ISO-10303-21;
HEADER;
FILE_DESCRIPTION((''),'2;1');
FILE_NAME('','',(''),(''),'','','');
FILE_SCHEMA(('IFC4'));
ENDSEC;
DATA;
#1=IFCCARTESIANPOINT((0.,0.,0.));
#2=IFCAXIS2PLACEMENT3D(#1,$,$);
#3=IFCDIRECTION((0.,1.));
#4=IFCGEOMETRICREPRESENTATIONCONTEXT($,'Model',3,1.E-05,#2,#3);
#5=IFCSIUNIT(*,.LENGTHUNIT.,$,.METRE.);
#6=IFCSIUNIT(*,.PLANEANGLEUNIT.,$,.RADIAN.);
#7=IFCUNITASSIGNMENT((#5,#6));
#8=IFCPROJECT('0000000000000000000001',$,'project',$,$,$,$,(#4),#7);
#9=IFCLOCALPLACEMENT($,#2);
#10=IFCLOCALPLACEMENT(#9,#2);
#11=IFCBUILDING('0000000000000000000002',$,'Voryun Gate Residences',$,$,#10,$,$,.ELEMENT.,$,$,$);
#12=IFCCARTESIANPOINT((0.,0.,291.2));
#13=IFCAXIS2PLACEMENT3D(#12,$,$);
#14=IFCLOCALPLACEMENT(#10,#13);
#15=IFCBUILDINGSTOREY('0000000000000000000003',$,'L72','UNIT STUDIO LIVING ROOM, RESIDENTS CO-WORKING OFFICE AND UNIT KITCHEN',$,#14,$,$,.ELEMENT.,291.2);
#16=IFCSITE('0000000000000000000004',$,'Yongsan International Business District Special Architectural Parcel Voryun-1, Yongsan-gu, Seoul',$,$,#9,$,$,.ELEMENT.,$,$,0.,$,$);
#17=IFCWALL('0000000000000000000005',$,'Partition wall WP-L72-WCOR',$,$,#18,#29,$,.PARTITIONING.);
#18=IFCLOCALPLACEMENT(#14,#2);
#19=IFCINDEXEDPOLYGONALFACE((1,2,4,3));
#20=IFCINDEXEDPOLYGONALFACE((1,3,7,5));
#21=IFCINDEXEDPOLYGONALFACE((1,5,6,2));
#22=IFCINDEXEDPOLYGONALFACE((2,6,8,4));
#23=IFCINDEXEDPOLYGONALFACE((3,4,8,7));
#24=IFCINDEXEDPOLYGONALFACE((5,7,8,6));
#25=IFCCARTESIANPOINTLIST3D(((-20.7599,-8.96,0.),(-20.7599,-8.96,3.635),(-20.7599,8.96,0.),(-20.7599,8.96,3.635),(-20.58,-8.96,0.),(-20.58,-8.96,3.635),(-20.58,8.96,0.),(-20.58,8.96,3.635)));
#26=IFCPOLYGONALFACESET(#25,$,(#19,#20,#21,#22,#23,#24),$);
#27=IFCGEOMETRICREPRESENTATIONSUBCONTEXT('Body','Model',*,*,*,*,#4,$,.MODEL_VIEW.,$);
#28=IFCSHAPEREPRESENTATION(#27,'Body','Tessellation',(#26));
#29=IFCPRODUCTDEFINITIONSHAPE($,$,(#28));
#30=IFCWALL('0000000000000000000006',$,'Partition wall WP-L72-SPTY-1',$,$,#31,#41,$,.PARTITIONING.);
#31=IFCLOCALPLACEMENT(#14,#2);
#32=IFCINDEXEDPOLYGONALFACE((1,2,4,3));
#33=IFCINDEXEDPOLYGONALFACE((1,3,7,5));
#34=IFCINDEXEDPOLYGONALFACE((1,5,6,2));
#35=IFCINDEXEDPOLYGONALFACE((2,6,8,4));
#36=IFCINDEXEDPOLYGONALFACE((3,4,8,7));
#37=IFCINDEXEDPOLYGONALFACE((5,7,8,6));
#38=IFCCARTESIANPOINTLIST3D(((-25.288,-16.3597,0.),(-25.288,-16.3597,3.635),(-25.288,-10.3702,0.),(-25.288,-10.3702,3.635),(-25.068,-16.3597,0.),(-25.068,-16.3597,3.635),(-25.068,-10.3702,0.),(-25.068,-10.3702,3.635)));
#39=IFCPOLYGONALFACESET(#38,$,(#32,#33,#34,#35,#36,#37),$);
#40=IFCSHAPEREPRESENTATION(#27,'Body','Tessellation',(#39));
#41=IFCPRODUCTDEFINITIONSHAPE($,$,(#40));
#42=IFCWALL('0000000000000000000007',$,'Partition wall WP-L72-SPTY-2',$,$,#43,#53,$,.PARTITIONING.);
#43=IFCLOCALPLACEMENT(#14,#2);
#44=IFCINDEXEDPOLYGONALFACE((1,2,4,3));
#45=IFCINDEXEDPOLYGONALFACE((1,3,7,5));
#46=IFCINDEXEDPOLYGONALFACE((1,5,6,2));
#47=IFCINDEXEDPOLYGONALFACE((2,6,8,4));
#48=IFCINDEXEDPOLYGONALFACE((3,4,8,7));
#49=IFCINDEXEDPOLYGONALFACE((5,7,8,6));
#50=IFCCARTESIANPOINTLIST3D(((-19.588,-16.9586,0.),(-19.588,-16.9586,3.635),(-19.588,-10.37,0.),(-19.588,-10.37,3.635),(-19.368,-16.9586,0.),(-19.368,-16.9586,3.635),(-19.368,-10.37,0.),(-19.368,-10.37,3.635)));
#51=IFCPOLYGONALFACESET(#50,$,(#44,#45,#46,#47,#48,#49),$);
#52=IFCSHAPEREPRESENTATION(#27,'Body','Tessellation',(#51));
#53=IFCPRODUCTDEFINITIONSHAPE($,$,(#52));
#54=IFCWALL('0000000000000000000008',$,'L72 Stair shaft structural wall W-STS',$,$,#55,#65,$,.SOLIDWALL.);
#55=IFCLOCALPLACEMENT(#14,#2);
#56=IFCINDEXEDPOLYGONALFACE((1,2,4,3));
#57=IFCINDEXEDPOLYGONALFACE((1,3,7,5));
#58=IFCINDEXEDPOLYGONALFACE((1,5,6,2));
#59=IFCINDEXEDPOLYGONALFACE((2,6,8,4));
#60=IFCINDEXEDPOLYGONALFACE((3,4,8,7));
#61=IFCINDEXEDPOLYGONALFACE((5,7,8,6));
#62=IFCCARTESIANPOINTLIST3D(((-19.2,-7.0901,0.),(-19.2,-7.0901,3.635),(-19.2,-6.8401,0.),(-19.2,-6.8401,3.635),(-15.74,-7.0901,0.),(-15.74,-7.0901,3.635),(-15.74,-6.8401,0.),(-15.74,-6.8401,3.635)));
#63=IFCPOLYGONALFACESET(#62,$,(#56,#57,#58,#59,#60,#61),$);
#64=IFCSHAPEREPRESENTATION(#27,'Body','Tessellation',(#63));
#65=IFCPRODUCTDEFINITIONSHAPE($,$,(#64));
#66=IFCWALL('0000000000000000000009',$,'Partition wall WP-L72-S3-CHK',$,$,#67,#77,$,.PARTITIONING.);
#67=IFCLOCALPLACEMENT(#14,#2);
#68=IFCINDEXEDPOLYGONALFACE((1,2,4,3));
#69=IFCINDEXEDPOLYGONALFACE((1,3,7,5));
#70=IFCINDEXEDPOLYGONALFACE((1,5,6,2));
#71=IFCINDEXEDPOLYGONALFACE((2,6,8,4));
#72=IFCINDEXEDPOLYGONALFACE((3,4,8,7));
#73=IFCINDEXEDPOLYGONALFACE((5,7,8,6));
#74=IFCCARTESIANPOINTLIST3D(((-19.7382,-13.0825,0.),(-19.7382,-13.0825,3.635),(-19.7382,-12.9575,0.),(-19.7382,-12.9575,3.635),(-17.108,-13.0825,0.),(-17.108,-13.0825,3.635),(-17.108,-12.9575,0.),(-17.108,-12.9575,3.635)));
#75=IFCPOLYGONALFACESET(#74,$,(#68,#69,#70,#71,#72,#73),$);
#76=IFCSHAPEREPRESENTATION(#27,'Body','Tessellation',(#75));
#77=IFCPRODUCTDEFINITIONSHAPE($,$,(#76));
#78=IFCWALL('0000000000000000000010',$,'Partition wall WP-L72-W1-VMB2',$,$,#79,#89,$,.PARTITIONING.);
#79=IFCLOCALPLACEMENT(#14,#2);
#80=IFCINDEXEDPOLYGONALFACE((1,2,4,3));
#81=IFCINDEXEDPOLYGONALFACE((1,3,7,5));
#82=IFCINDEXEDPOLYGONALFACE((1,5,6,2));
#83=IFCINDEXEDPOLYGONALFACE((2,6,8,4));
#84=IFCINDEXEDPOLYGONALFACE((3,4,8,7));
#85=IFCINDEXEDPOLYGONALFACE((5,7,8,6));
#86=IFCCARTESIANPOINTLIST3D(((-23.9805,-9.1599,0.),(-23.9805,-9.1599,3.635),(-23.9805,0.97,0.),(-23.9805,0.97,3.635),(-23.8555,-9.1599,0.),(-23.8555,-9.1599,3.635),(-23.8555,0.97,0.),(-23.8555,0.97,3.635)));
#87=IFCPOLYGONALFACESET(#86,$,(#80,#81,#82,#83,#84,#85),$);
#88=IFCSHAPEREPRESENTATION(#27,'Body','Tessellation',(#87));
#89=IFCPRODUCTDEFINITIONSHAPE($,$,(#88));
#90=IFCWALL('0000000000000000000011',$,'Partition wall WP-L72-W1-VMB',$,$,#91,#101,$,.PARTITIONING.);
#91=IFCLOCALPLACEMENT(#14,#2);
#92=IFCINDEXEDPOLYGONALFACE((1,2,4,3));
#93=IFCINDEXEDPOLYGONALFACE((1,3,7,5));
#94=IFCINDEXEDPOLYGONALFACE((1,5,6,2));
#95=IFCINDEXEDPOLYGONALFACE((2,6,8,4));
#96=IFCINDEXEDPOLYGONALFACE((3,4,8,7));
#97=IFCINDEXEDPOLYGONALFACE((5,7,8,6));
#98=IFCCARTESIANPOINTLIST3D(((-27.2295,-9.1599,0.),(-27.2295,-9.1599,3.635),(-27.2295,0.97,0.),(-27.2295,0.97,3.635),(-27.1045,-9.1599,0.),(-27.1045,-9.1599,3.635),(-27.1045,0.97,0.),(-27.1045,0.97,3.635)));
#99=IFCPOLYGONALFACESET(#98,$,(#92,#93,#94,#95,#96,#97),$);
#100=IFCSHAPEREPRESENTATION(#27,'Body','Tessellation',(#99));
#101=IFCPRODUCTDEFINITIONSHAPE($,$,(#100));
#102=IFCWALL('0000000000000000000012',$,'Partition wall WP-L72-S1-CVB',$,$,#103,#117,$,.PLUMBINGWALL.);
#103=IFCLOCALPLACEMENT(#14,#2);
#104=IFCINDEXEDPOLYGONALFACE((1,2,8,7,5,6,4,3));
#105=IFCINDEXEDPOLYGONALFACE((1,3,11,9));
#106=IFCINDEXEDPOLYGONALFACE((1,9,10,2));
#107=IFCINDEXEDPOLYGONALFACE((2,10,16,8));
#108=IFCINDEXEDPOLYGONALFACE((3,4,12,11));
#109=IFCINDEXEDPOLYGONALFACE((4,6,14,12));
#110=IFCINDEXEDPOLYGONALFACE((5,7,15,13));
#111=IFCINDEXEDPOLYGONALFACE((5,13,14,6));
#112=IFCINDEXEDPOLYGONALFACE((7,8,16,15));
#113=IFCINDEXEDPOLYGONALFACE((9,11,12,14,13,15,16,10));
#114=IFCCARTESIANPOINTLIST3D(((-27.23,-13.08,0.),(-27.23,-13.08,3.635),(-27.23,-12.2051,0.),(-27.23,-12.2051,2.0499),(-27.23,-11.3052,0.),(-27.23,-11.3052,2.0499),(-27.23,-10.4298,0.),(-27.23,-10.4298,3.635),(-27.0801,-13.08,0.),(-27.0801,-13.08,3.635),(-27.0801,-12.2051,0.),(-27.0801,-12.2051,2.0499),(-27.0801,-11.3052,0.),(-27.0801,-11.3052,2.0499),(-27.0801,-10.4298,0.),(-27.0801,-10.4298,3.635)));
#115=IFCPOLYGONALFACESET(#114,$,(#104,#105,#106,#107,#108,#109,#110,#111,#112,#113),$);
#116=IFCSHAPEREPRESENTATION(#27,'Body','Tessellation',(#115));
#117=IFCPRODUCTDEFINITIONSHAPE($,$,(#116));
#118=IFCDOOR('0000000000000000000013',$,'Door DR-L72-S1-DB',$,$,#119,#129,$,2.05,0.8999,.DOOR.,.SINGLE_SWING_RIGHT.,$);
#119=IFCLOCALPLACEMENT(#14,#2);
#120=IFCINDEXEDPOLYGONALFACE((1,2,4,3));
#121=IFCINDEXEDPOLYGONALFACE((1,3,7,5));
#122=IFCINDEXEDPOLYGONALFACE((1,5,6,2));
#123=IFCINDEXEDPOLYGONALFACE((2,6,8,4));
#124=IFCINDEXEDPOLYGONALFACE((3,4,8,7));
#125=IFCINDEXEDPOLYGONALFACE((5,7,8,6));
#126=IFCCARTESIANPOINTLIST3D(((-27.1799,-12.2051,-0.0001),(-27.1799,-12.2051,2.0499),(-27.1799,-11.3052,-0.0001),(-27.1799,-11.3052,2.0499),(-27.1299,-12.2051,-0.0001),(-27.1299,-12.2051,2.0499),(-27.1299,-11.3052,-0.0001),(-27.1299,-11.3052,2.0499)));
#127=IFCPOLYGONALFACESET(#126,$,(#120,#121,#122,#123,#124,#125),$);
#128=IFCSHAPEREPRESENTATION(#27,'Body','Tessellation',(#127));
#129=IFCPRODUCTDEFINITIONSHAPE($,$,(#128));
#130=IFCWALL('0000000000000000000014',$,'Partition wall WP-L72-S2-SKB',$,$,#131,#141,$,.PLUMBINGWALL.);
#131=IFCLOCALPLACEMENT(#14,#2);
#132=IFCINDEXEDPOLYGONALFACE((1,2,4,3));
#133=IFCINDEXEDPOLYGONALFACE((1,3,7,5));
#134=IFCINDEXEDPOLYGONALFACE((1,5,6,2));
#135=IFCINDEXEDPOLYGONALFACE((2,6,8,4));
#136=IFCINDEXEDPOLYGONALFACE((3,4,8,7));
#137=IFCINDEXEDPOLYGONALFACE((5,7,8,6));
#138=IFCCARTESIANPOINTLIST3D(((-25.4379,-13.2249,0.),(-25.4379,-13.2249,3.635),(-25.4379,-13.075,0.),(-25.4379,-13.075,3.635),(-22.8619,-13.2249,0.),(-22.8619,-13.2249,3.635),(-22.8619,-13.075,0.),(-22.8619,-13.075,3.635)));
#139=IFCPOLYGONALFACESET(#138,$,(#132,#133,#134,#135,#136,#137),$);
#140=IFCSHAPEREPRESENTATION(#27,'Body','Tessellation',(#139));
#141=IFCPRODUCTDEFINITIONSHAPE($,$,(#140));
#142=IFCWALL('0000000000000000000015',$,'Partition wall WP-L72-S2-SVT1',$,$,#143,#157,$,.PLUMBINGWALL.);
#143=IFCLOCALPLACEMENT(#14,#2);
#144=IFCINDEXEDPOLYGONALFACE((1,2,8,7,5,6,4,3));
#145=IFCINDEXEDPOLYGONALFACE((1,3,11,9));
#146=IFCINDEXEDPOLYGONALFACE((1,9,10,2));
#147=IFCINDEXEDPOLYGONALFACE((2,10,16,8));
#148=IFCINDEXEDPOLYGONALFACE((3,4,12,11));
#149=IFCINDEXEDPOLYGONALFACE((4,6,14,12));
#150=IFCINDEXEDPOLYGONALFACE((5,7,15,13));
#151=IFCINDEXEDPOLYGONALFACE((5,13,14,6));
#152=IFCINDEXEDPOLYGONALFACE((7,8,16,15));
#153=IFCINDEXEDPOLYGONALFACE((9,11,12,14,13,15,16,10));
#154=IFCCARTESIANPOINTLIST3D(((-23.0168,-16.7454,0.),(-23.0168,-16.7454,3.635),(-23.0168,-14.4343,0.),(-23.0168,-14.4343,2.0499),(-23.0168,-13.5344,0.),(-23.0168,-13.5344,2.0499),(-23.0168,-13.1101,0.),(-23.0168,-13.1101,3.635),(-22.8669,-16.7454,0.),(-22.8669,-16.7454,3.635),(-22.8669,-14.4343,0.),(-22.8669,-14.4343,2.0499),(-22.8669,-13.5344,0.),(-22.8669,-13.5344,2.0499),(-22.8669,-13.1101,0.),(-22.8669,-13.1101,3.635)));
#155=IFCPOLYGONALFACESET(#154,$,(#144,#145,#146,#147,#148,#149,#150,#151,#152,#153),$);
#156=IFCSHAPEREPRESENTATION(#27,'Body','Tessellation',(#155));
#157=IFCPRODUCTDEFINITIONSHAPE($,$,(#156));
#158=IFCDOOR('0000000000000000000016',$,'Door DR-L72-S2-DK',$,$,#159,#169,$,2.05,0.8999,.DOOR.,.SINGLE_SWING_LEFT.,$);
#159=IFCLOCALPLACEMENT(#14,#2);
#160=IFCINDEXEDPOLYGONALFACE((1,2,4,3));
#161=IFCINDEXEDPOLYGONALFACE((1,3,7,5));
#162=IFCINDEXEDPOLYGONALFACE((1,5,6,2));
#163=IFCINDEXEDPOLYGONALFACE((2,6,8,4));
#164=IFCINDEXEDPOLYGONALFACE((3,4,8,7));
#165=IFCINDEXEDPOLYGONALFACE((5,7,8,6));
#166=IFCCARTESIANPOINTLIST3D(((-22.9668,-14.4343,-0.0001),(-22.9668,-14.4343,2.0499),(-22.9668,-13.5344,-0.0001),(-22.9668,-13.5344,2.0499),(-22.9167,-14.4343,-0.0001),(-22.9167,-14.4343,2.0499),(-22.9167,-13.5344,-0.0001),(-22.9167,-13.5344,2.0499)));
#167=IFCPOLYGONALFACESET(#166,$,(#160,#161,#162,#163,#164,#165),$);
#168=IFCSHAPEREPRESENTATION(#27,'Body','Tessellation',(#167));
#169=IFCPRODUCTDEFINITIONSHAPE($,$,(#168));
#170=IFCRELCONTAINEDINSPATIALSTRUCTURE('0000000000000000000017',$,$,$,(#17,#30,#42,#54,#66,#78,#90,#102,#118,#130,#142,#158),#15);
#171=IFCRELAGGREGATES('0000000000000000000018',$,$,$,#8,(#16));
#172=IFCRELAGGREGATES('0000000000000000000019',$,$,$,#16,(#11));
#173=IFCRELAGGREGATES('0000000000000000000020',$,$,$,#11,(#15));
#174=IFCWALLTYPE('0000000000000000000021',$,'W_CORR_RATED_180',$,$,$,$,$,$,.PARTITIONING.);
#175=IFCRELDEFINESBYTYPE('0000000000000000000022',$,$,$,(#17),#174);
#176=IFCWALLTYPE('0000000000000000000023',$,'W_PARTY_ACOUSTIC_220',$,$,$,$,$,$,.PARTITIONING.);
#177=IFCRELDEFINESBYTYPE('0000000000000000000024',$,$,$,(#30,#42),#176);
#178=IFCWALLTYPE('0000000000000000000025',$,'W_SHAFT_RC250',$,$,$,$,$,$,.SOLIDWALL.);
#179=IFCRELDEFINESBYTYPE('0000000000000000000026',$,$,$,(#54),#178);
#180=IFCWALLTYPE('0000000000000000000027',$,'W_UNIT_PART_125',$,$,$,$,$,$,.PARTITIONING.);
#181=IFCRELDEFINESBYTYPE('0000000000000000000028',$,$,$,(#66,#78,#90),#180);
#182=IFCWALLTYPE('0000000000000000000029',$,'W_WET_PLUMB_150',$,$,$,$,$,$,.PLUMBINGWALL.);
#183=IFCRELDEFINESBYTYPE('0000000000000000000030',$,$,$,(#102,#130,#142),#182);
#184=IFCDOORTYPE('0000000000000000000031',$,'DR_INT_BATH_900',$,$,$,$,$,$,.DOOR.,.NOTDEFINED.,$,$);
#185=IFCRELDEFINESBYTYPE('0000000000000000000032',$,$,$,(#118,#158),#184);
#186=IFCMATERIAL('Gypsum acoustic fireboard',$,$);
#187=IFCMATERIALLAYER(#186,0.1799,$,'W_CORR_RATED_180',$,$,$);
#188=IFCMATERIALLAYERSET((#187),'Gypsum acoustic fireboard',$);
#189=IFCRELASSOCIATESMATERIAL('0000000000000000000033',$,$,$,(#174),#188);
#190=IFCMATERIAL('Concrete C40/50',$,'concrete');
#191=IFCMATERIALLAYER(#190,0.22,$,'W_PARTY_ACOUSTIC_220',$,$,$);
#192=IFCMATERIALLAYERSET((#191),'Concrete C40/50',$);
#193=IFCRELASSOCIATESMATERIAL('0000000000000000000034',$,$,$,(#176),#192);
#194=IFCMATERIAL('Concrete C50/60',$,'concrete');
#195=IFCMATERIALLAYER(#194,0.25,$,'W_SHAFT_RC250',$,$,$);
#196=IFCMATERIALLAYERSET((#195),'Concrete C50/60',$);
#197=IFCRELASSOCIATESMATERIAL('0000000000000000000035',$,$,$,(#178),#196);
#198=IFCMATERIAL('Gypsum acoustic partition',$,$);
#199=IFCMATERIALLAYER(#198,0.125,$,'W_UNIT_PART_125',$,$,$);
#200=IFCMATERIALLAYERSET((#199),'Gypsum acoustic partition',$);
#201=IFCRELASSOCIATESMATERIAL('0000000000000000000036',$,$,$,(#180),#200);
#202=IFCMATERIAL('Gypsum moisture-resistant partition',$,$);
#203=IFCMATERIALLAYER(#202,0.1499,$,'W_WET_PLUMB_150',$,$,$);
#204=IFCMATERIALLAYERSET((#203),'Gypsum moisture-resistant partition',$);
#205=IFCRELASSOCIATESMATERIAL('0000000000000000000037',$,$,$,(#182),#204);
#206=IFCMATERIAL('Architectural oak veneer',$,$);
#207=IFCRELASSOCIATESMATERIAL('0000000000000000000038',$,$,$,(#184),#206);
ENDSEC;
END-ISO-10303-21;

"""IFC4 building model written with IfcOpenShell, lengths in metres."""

from ifc_helpers import new_model, si_unit, direction, frame, frame_2d, origin, place, context, subcontext, project, spatial, rectangle, extrude, material, layer, layer_set, type_object, element, fill, save


model = new_model("IFC4")

# Units and contexts
model_context = context("Model", 3, precision=1e-05, world=origin(), true_north=direction((0.0, 1.0)))
body_context = subcontext(model_context, "Body", "Model", "MODEL_VIEW")
ifc_project = project(units=[si_unit("LENGTHUNIT", "METRE"), si_unit("PLANEANGLEUNIT", "RADIAN")], contexts=[model_context])

# Site, building, storey
site_placement = place(None, origin())
site = spatial("IfcSite", under=ifc_project, at=site_placement, Name="Yongsan International Business District Special Architectural Parcel Voryun-1, Yongsan-gu, Seoul", CompositionType="ELEMENT", RefElevation=0.0)
building_placement = place(site_placement, origin())
building = spatial("IfcBuilding", under=site, at=building_placement, Name="Voryun Gate Residences", CompositionType="ELEMENT")
storey_placement = place(building_placement, frame((0.0, 0.0, 291.2)))
storey = spatial("IfcBuildingStorey", under=building, at=storey_placement, Name="L72", Description="UNIT STUDIO LIVING ROOM, RESIDENTS CO-WORKING OFFICE AND UNIT KITCHEN", CompositionType="ELEMENT", Elevation=291.2)

# Walls
ifc_material_1 = material(Name="Gypsum acoustic fireboard")
ifc_layer_1 = layer(ifc_material_1, 0.1799, Name="W_CORR_RATED_180")
ifc_layer_set_1 = layer_set([ifc_layer_1], Name="Gypsum acoustic fireboard")
wall_type_1 = type_object("IfcWallType", Name="W_CORR_RATED_180", PredefinedType="PARTITIONING", material=ifc_layer_set_1)
wall_1_placement = place(storey_placement, frame((-20.6699, -8.96, 0.0), z_axis=(0.0, 0.0, 1.0), x_axis=(0.0, 1.0, 0.0)))
element("IfcWall", 1, at=wall_1_placement, inside=storey, type_object=wall_type_1, Name="Partition wall WP-L72-WCOR", PredefinedType="PARTITIONING", context=body_context, shape_type="SweptSolid", body=[
    extrude(rectangle(XDim=17.9199, YDim=0.1799, at=frame_2d((8.96, 0.0))), origin(), (0.0, 0.0, 1.0), 3.635),
])
ifc_material_2 = material(Name="Concrete C40/50", Category="concrete")
ifc_layer_2 = layer(ifc_material_2, 0.22, Name="W_PARTY_ACOUSTIC_220")
ifc_layer_set_2 = layer_set([ifc_layer_2], Name="Concrete C40/50")
wall_type_2 = type_object("IfcWallType", Name="W_PARTY_ACOUSTIC_220", PredefinedType="PARTITIONING", material=ifc_layer_set_2)
wall_2_placement = place(storey_placement, frame((-25.178, -16.3596, 0.0), z_axis=(0.0, 0.0, 1.0), x_axis=(0.0, 1.0, 0.0)))
element("IfcWall", 2, at=wall_2_placement, inside=storey, type_object=wall_type_2, Name="Partition wall WP-L72-SPTY-1", PredefinedType="PARTITIONING", context=body_context, shape_type="SweptSolid", body=[
    extrude(rectangle(XDim=5.9895, YDim=0.22, at=frame_2d((2.9946, 0.0))), origin(), (0.0, 0.0, 1.0), 3.635),
])
wall_3_placement = place(storey_placement, frame((-19.478, -16.9587, 0.0), z_axis=(0.0, 0.0, 1.0), x_axis=(0.0, 1.0, 0.0)))
element("IfcWall", 3, at=wall_3_placement, inside=storey, type_object=wall_type_2, Name="Partition wall WP-L72-SPTY-2", PredefinedType="PARTITIONING", context=body_context, shape_type="SweptSolid", body=[
    extrude(rectangle(XDim=6.5886, YDim=0.22, at=frame_2d((3.2944, 0.0))), origin(), (0.0, 0.0, 1.0), 3.635),
])
ifc_material_3 = material(Name="Concrete C50/60", Category="concrete")
ifc_layer_3 = layer(ifc_material_3, 0.25, Name="W_SHAFT_RC250")
ifc_layer_set_3 = layer_set([ifc_layer_3], Name="Concrete C50/60")
wall_type_3 = type_object("IfcWallType", Name="W_SHAFT_RC250", PredefinedType="SOLIDWALL", material=ifc_layer_set_3)
wall_4_placement = place(storey_placement, frame((-19.2, -6.9651, 0.0), z_axis=(0.0, 0.0, 1.0), x_axis=(1.0, 0.0, 0.0)))
element("IfcWall", 4, at=wall_4_placement, inside=storey, type_object=wall_type_3, Name="L72 Stair shaft structural wall W-STS", PredefinedType="SOLIDWALL", context=body_context, shape_type="SweptSolid", body=[
    extrude(rectangle(XDim=3.46, YDim=0.25, at=frame_2d((1.73, 0.0))), origin(), (0.0, 0.0, 1.0), 3.635),
])
ifc_material_4 = material(Name="Gypsum acoustic partition")
ifc_layer_4 = layer(ifc_material_4, 0.125, Name="W_UNIT_PART_125")
ifc_layer_set_4 = layer_set([ifc_layer_4], Name="Gypsum acoustic partition")
wall_type_4 = type_object("IfcWallType", Name="W_UNIT_PART_125", PredefinedType="PARTITIONING", material=ifc_layer_set_4)
wall_5_placement = place(storey_placement, frame((-19.738, -13.02, 0.0), z_axis=(0.0, 0.0, 1.0), x_axis=(1.0, 0.0, 0.0)))
element("IfcWall", 5, at=wall_5_placement, inside=storey, type_object=wall_type_4, Name="Partition wall WP-L72-S3-CHK", PredefinedType="PARTITIONING", context=body_context, shape_type="SweptSolid", body=[
    extrude(rectangle(XDim=2.6301, YDim=0.125, at=frame_2d((1.3149, 0.0))), origin(), (0.0, 0.0, 1.0), 3.635),
])
for number, where, z_axis, x_axis, name in (
    (6, (-23.918, -9.1599, 0.0), (0.0, 0.0, 1.0), (0.0, 1.0, 0.0), "Partition wall WP-L72-W1-VMB2"),
    (7, (-27.167, -9.1599, 0.0), (0.0, 0.0, 1.0), (0.0, 1.0, 0.0), "Partition wall WP-L72-W1-VMB"),
):
    element("IfcWall", number, at=place(storey_placement, frame(where, z_axis=z_axis, x_axis=x_axis)), inside=storey, type_object=wall_type_4, Name=name, PredefinedType="PARTITIONING", context=body_context, shape_type="SweptSolid", body=[
        extrude(rectangle(XDim=10.1299, YDim=0.125, at=frame_2d((5.0649, 0.0))), origin(), (0.0, 0.0, 1.0), 3.635),
    ])

# Wall, opening, door
ifc_material_5 = material(Name="Gypsum moisture-resistant partition")
ifc_layer_5 = layer(ifc_material_5, 0.1499, Name="W_WET_PLUMB_150")
ifc_layer_set_5 = layer_set([ifc_layer_5], Name="Gypsum moisture-resistant partition")
wall_type_5 = type_object("IfcWallType", Name="W_WET_PLUMB_150", PredefinedType="PLUMBINGWALL", material=ifc_layer_set_5)
wall_6_placement = place(storey_placement, frame((-27.155, -13.0801, 0.0), z_axis=(0.0, 0.0, 1.0), x_axis=(0.0, 1.0, 0.0)))
wall_6 = element("IfcWall", 8, at=wall_6_placement, inside=storey, type_object=wall_type_5, Name="Partition wall WP-L72-S1-CVB", PredefinedType="PLUMBINGWALL", context=body_context, shape_type="SweptSolid", body=[
    extrude(rectangle(XDim=2.6501, YDim=0.1499, at=frame_2d((1.3252, 0.0))), origin(), (0.0, 0.0, 1.0), 3.635),
])
opening_1_placement = place(wall_6_placement, frame((0.875, 0.0, 0.0)))
opening_1 = element("IfcOpeningElement", 9, at=opening_1_placement, cuts=wall_6, PredefinedType="OPENING", context=body_context, shape_type="SweptSolid", body=[
    extrude(rectangle(XDim=0.8999, YDim=2.05, at=frame_2d((0.45, 1.0249))), frame((0.0, 0.085, 0.0), z_axis=(0.0, -1.0, 0.0), x_axis=(1.0, 0.0, 0.0)), (0.0, 0.0, 1.0), 0.1699),
])
ifc_material_6 = material(Name="Architectural oak veneer")
door_type = type_object("IfcDoorType", Name="DR_INT_BATH_900", OperationType="NOTDEFINED", PredefinedType="DOOR", material=ifc_material_6)
door_1_placement = place(opening_1_placement, origin())
door_1 = element("IfcDoor", 10, at=door_1_placement, inside=storey, type_object=door_type, Name="Door DR-L72-S1-DB", OperationType="SINGLE_SWING_RIGHT", OverallHeight=2.05, OverallWidth=0.8999, PredefinedType="DOOR", context=body_context, shape_type="SweptSolid", body=[
    extrude(rectangle(XDim=0.8999, YDim=2.05, at=frame_2d((0.45, 1.0249))), frame((0.0, 0.0249, 0.0), z_axis=(0.0, -1.0, 0.0), x_axis=(1.0, 0.0, 0.0)), (0.0, 0.0, 1.0), 0.05),
])
fill(opening_1, door_1)

# Wall
wall_7_placement = place(storey_placement, frame((-25.438, -13.1499, 0.0), z_axis=(0.0, 0.0, 1.0), x_axis=(1.0, 0.0, 0.0)))
element("IfcWall", 11, at=wall_7_placement, inside=storey, type_object=wall_type_5, Name="Partition wall WP-L72-S2-SKB", PredefinedType="PLUMBINGWALL", context=body_context, shape_type="SweptSolid", body=[
    extrude(rectangle(XDim=2.5759, YDim=0.1499, at=frame_2d((1.2881, 0.0))), origin(), (0.0, 0.0, 1.0), 3.635),
])

# Wall, opening, door
wall_8_placement = place(storey_placement, frame((-22.9419, -16.7454, 0.0), z_axis=(0.0, 0.0, 1.0), x_axis=(0.0, 1.0, 0.0)))
wall_8 = element("IfcWall", 12, at=wall_8_placement, inside=storey, type_object=wall_type_5, Name="Partition wall WP-L72-S2-SVT1", PredefinedType="PLUMBINGWALL", context=body_context, shape_type="SweptSolid", body=[
    extrude(rectangle(XDim=3.6353, YDim=0.1499, at=frame_2d((1.8176, 0.0))), origin(), (0.0, 0.0, 1.0), 3.635),
])
opening_2_placement = place(wall_8_placement, frame((2.311, 0.0, 0.0)))
opening_2 = element("IfcOpeningElement", 13, at=opening_2_placement, cuts=wall_8, PredefinedType="OPENING", context=body_context, shape_type="SweptSolid", body=[
    extrude(rectangle(XDim=0.8999, YDim=2.05, at=frame_2d((0.45, 1.0249))), frame((0.0, 0.085, 0.0), z_axis=(0.0, -1.0, 0.0), x_axis=(1.0, 0.0, 0.0)), (0.0, 0.0, 1.0), 0.1699),
])
door_2_placement = place(opening_2_placement, origin())
door_2 = element("IfcDoor", 14, at=door_2_placement, inside=storey, type_object=door_type, Name="Door DR-L72-S2-DK", OperationType="SINGLE_SWING_LEFT", OverallHeight=2.05, OverallWidth=0.8999, PredefinedType="DOOR", context=body_context, shape_type="SweptSolid", body=[
    extrude(rectangle(XDim=0.8999, YDim=2.05, at=frame_2d((0.45, 1.0249))), frame((0.0, 0.0249, 0.0), z_axis=(0.0, -1.0, 0.0), x_axis=(1.0, 0.0, 0.0)), (0.0, 0.0, 1.0), 0.05),
])
fill(opening_2, door_2)

save(model, "model.ifc")
